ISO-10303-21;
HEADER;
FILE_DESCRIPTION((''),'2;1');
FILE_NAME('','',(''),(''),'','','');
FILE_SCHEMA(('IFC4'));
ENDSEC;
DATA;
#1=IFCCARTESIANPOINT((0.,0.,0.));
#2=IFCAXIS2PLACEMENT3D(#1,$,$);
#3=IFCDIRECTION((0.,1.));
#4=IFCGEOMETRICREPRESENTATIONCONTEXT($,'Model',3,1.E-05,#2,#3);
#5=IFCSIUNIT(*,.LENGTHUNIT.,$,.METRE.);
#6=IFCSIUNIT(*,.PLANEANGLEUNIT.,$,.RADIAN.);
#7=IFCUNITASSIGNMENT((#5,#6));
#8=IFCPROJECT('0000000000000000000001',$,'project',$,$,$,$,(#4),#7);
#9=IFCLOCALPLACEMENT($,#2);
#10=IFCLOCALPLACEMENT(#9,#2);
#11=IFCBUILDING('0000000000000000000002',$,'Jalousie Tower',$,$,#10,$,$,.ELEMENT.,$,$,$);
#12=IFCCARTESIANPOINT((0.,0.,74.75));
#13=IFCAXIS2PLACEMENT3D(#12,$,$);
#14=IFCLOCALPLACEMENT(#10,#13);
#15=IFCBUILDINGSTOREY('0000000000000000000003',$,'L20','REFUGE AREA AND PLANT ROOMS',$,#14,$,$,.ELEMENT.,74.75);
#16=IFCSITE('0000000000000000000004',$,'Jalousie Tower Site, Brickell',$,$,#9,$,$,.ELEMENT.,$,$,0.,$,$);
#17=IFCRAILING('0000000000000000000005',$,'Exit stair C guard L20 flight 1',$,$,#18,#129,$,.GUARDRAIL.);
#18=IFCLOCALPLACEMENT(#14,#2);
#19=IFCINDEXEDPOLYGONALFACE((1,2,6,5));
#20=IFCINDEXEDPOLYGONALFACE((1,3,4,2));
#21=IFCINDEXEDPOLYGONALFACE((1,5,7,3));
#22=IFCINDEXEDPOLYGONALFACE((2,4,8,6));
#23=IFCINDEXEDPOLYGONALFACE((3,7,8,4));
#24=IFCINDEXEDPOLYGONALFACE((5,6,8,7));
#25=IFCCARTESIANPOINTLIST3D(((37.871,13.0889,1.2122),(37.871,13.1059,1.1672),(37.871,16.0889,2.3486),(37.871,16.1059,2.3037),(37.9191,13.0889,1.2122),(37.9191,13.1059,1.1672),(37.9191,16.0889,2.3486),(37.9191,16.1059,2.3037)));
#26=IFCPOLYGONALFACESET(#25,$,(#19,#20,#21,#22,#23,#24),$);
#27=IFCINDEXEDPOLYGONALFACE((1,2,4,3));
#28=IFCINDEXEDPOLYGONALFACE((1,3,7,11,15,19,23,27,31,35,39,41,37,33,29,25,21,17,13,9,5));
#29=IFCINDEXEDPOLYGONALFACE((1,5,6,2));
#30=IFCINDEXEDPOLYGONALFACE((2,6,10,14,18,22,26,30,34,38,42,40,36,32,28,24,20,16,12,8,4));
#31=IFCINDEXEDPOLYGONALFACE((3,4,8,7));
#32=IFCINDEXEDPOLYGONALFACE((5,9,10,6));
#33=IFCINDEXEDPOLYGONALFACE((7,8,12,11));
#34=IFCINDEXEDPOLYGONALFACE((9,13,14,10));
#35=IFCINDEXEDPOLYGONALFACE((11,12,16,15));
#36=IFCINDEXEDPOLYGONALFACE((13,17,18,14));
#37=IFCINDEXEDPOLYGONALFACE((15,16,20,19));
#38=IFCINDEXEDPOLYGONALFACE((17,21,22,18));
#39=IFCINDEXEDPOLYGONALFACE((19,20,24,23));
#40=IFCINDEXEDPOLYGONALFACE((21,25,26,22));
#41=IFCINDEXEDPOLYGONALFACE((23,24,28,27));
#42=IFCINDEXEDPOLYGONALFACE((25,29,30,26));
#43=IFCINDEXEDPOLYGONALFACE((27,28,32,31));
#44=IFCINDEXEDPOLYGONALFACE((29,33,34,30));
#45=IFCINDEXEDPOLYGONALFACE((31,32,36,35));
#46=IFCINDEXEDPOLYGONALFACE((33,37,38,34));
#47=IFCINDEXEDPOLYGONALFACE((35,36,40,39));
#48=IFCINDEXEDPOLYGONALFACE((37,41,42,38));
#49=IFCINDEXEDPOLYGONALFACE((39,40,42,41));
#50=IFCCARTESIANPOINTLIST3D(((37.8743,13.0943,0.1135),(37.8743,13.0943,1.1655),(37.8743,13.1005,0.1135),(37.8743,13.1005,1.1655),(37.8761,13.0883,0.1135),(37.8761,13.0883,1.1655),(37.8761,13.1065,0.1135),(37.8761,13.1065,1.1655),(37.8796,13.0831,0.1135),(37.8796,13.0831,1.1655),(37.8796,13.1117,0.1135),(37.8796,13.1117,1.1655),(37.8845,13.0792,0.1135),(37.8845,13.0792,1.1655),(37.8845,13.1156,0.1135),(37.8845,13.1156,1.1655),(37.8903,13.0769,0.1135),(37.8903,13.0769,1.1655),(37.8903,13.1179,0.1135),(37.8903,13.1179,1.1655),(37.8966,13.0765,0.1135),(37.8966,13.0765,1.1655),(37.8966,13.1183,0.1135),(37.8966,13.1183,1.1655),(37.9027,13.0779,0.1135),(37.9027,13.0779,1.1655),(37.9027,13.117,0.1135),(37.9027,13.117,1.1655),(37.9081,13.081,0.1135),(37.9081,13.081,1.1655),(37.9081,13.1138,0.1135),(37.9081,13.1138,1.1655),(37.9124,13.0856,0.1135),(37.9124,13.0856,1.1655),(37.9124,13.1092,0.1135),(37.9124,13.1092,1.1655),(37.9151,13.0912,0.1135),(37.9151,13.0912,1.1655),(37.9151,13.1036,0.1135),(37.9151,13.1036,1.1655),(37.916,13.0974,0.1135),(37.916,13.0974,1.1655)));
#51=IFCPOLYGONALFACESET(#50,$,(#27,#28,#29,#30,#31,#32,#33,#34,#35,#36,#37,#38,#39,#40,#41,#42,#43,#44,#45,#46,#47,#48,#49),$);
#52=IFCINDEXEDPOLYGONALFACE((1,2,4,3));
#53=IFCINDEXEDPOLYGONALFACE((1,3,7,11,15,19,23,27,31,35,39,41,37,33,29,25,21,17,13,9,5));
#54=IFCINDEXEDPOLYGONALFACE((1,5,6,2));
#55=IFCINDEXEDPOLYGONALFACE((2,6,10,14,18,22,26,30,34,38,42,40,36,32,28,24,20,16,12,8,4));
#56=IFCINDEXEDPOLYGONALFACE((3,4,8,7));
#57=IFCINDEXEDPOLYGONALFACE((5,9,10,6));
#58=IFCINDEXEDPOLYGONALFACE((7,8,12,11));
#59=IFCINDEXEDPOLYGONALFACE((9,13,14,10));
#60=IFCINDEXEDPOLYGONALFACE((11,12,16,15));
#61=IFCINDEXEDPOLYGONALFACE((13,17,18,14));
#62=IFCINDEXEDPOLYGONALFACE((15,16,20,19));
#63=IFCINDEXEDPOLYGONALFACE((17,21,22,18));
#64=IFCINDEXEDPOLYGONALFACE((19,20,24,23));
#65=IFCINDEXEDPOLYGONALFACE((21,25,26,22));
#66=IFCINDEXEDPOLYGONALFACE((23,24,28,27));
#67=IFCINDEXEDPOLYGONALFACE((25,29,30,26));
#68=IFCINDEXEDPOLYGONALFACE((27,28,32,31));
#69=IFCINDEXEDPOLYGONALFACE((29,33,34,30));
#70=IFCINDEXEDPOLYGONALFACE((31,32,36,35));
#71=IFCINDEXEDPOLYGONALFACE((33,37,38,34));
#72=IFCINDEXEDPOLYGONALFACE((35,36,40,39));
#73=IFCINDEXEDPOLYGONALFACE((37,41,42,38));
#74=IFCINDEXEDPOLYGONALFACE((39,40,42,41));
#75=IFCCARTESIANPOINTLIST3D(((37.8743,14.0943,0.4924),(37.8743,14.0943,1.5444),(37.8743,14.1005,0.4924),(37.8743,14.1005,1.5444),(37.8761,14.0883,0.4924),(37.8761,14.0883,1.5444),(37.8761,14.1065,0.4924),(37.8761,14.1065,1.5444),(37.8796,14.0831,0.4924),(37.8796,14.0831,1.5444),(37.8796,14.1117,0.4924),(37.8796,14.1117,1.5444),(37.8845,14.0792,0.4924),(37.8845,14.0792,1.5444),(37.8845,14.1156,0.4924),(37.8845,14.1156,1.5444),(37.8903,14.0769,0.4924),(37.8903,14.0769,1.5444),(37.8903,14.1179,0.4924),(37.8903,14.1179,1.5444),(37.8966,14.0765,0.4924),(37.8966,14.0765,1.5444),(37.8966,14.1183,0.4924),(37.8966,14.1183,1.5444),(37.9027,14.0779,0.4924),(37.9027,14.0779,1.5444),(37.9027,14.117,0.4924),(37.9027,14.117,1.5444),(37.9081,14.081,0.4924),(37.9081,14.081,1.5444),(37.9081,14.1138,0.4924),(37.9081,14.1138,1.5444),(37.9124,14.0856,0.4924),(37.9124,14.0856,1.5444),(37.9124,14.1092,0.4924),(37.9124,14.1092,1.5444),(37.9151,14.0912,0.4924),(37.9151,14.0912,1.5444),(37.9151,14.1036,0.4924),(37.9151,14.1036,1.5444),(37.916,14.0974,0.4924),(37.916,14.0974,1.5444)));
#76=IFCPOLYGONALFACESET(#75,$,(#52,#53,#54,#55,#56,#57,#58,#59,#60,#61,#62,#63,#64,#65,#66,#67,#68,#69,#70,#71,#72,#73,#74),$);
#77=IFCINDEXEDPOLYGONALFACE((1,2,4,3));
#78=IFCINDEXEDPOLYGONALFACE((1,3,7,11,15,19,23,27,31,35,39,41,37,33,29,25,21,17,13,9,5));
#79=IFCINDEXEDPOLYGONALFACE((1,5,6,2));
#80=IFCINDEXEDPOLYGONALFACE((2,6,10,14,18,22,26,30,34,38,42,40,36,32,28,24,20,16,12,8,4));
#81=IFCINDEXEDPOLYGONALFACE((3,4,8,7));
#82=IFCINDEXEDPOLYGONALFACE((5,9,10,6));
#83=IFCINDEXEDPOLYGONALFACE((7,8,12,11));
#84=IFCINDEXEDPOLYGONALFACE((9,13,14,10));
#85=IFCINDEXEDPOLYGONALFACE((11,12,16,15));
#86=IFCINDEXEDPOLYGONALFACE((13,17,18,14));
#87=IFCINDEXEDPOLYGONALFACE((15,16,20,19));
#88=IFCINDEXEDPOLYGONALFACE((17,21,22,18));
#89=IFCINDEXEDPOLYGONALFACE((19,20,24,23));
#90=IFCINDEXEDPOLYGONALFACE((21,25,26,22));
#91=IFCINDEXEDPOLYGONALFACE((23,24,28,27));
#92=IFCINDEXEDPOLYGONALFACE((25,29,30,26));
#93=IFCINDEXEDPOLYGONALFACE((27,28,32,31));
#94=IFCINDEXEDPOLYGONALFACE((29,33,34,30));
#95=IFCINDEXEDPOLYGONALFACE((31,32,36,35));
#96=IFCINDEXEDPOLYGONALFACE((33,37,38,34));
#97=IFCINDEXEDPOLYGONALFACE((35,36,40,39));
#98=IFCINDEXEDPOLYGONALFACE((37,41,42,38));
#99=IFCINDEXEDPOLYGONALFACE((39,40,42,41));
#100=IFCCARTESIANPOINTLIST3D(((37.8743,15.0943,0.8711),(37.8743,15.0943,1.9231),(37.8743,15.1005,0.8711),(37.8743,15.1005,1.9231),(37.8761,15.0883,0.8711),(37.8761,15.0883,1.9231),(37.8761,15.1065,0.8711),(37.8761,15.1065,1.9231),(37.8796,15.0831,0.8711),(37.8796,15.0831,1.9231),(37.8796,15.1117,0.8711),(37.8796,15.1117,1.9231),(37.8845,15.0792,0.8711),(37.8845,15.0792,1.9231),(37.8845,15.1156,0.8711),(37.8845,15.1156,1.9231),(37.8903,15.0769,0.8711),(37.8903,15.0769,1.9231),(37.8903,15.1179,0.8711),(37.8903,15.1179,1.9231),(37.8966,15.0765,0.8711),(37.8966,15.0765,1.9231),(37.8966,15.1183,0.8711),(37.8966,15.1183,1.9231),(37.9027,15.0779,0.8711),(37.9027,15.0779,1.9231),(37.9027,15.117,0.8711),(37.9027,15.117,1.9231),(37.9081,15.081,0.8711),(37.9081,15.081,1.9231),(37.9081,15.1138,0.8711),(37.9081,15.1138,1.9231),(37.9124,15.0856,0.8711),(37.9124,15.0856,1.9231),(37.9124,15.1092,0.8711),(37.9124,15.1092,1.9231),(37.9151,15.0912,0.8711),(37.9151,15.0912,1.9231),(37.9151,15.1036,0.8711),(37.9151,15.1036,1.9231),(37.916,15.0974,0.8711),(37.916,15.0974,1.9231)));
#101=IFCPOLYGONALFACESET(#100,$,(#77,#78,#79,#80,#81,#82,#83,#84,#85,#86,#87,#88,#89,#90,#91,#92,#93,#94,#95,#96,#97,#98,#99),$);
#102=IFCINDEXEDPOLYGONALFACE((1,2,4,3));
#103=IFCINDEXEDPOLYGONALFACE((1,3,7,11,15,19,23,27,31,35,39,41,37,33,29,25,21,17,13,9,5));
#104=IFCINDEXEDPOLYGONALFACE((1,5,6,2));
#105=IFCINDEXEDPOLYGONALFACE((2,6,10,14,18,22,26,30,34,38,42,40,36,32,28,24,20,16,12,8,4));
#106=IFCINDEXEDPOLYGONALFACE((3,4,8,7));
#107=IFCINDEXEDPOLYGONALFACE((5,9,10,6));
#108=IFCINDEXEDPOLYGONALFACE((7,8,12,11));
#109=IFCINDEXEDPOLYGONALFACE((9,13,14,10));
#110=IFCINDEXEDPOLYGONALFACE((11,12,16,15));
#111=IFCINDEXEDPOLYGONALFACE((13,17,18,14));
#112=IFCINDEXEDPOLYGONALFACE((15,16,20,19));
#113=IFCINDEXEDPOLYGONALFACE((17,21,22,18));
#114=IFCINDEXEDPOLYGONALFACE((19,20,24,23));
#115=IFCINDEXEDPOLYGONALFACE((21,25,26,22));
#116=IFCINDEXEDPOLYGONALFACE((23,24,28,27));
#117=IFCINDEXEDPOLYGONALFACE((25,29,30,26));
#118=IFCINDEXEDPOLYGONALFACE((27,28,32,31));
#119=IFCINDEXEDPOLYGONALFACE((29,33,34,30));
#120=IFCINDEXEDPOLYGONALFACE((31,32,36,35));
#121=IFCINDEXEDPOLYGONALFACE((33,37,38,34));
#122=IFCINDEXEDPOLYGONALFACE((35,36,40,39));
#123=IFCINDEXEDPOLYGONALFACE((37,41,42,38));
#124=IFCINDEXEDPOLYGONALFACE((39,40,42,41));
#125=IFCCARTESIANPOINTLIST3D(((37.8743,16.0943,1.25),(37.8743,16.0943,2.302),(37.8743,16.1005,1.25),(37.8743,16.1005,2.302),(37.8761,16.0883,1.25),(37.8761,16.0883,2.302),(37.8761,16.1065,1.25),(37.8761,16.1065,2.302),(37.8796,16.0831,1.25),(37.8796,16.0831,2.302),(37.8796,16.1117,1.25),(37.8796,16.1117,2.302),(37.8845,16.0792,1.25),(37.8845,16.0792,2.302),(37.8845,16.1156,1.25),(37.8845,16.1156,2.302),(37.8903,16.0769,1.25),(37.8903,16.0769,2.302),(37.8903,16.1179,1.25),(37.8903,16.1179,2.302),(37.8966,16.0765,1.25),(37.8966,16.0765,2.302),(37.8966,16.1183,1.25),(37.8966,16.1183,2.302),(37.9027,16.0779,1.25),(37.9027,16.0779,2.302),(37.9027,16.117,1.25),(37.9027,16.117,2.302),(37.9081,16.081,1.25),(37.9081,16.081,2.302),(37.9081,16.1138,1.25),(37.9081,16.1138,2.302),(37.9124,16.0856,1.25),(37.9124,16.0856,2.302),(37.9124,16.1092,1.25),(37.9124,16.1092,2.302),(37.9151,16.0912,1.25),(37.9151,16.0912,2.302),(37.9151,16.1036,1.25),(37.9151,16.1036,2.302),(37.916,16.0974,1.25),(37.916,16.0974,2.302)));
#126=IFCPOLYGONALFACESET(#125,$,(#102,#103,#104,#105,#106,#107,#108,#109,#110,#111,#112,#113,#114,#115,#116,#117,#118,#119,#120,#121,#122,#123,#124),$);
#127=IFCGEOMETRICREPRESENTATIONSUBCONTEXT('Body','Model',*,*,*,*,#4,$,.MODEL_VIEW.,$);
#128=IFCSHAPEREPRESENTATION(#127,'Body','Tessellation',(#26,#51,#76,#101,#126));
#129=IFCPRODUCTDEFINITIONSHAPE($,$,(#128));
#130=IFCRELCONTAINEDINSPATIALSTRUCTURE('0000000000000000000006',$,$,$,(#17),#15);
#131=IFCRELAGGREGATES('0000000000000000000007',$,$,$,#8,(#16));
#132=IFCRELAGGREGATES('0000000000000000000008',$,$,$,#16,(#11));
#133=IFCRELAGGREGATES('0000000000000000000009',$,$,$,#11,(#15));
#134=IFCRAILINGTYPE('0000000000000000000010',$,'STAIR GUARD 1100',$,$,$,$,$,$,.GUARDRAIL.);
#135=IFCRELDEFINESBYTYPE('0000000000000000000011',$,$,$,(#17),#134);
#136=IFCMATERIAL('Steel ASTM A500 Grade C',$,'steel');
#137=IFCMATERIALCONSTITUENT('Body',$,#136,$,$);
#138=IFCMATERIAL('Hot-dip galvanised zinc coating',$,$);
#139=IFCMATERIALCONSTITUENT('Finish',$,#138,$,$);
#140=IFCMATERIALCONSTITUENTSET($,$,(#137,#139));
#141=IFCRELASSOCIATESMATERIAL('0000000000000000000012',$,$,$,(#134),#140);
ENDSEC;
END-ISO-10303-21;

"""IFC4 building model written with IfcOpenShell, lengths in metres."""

from ifc_helpers import new_model, si_unit, direction, frame, origin, origin_2d, place, context, subcontext, project, spatial, rectangle, circle, extrude, material, constituent, constituent_set, type_object, element, save


model = new_model("IFC4")

# Units and contexts
model_context = context("Model", 3, precision=1e-05, world=origin(), true_north=direction((0.0, 1.0)))
body_context = subcontext(model_context, "Body", "Model", "MODEL_VIEW")
ifc_project = project(units=[si_unit("LENGTHUNIT", "METRE"), si_unit("PLANEANGLEUNIT", "RADIAN")], contexts=[model_context])

# Site, building, storey
site_placement = place(None, origin())
site = spatial("IfcSite", under=ifc_project, at=site_placement, Name="Jalousie Tower Site, Brickell", CompositionType="ELEMENT", RefElevation=0.0)
building_placement = place(site_placement, origin())
building = spatial("IfcBuilding", under=site, at=building_placement, Name="Jalousie Tower", CompositionType="ELEMENT")
storey_placement = place(building_placement, frame((0.0, 0.0, 74.75)))
storey = spatial("IfcBuildingStorey", under=building, at=storey_placement, Name="L20", Description="REFUGE AREA AND PLANT ROOMS", CompositionType="ELEMENT", Elevation=74.75)

# Railing
ifc_material_1 = material(Name="Steel ASTM A500 Grade C", Category="steel")
ifc_constituent_1 = constituent(ifc_material_1, Name="Body")
ifc_material_2 = material(Name="Hot-dip galvanised zinc coating")
ifc_constituent_2 = constituent(ifc_material_2, Name="Finish")
ifc_constituent_set_1 = constituent_set(constituents=[ifc_constituent_1, ifc_constituent_2])
railing_type_1 = type_object("IfcRailingType", Name="STAIR GUARD 1100", PredefinedType="GUARDRAIL", material=ifc_constituent_set_1)
for number, where, name in (
    (1, (37.895, 13.0974, 0.1135), "Exit stair C guard L20 flight 1"),
):
    element("IfcRailing", number, at=place(storey_placement, frame(where)), inside=storey, type_object=railing_type_1, Name=name, PredefinedType="GUARDRAIL", context=body_context, shape_type="SweptSolid", body=[
        extrude(rectangle(XDim=0.0481, YDim=0.0481, at=origin_2d()), frame((0.0, 0.0, 1.0762), z_axis=(0.0, 0.935148, 0.354257), x_axis=(-1.0, 0.0, 0.0)), (0.0, 0.0, 1.0), 3.208),
        extrude(circle(Radius=0.021, at=origin_2d()), origin(), (0.0, 0.0, 1.0), 1.052),
        extrude(circle(Radius=0.021, at=origin_2d()), frame((0.0, 1.0, 0.3789)), (0.0, 0.0, 1.0), 1.052),
        extrude(circle(Radius=0.021, at=origin_2d()), frame((0.0, 2.0, 0.7576)), (0.0, 0.0, 1.0), 1.052),
        extrude(circle(Radius=0.021, at=origin_2d()), frame((0.0, 3.0, 1.1365)), (0.0, 0.0, 1.0), 1.052),
    ])

save(model, "model.ifc")
